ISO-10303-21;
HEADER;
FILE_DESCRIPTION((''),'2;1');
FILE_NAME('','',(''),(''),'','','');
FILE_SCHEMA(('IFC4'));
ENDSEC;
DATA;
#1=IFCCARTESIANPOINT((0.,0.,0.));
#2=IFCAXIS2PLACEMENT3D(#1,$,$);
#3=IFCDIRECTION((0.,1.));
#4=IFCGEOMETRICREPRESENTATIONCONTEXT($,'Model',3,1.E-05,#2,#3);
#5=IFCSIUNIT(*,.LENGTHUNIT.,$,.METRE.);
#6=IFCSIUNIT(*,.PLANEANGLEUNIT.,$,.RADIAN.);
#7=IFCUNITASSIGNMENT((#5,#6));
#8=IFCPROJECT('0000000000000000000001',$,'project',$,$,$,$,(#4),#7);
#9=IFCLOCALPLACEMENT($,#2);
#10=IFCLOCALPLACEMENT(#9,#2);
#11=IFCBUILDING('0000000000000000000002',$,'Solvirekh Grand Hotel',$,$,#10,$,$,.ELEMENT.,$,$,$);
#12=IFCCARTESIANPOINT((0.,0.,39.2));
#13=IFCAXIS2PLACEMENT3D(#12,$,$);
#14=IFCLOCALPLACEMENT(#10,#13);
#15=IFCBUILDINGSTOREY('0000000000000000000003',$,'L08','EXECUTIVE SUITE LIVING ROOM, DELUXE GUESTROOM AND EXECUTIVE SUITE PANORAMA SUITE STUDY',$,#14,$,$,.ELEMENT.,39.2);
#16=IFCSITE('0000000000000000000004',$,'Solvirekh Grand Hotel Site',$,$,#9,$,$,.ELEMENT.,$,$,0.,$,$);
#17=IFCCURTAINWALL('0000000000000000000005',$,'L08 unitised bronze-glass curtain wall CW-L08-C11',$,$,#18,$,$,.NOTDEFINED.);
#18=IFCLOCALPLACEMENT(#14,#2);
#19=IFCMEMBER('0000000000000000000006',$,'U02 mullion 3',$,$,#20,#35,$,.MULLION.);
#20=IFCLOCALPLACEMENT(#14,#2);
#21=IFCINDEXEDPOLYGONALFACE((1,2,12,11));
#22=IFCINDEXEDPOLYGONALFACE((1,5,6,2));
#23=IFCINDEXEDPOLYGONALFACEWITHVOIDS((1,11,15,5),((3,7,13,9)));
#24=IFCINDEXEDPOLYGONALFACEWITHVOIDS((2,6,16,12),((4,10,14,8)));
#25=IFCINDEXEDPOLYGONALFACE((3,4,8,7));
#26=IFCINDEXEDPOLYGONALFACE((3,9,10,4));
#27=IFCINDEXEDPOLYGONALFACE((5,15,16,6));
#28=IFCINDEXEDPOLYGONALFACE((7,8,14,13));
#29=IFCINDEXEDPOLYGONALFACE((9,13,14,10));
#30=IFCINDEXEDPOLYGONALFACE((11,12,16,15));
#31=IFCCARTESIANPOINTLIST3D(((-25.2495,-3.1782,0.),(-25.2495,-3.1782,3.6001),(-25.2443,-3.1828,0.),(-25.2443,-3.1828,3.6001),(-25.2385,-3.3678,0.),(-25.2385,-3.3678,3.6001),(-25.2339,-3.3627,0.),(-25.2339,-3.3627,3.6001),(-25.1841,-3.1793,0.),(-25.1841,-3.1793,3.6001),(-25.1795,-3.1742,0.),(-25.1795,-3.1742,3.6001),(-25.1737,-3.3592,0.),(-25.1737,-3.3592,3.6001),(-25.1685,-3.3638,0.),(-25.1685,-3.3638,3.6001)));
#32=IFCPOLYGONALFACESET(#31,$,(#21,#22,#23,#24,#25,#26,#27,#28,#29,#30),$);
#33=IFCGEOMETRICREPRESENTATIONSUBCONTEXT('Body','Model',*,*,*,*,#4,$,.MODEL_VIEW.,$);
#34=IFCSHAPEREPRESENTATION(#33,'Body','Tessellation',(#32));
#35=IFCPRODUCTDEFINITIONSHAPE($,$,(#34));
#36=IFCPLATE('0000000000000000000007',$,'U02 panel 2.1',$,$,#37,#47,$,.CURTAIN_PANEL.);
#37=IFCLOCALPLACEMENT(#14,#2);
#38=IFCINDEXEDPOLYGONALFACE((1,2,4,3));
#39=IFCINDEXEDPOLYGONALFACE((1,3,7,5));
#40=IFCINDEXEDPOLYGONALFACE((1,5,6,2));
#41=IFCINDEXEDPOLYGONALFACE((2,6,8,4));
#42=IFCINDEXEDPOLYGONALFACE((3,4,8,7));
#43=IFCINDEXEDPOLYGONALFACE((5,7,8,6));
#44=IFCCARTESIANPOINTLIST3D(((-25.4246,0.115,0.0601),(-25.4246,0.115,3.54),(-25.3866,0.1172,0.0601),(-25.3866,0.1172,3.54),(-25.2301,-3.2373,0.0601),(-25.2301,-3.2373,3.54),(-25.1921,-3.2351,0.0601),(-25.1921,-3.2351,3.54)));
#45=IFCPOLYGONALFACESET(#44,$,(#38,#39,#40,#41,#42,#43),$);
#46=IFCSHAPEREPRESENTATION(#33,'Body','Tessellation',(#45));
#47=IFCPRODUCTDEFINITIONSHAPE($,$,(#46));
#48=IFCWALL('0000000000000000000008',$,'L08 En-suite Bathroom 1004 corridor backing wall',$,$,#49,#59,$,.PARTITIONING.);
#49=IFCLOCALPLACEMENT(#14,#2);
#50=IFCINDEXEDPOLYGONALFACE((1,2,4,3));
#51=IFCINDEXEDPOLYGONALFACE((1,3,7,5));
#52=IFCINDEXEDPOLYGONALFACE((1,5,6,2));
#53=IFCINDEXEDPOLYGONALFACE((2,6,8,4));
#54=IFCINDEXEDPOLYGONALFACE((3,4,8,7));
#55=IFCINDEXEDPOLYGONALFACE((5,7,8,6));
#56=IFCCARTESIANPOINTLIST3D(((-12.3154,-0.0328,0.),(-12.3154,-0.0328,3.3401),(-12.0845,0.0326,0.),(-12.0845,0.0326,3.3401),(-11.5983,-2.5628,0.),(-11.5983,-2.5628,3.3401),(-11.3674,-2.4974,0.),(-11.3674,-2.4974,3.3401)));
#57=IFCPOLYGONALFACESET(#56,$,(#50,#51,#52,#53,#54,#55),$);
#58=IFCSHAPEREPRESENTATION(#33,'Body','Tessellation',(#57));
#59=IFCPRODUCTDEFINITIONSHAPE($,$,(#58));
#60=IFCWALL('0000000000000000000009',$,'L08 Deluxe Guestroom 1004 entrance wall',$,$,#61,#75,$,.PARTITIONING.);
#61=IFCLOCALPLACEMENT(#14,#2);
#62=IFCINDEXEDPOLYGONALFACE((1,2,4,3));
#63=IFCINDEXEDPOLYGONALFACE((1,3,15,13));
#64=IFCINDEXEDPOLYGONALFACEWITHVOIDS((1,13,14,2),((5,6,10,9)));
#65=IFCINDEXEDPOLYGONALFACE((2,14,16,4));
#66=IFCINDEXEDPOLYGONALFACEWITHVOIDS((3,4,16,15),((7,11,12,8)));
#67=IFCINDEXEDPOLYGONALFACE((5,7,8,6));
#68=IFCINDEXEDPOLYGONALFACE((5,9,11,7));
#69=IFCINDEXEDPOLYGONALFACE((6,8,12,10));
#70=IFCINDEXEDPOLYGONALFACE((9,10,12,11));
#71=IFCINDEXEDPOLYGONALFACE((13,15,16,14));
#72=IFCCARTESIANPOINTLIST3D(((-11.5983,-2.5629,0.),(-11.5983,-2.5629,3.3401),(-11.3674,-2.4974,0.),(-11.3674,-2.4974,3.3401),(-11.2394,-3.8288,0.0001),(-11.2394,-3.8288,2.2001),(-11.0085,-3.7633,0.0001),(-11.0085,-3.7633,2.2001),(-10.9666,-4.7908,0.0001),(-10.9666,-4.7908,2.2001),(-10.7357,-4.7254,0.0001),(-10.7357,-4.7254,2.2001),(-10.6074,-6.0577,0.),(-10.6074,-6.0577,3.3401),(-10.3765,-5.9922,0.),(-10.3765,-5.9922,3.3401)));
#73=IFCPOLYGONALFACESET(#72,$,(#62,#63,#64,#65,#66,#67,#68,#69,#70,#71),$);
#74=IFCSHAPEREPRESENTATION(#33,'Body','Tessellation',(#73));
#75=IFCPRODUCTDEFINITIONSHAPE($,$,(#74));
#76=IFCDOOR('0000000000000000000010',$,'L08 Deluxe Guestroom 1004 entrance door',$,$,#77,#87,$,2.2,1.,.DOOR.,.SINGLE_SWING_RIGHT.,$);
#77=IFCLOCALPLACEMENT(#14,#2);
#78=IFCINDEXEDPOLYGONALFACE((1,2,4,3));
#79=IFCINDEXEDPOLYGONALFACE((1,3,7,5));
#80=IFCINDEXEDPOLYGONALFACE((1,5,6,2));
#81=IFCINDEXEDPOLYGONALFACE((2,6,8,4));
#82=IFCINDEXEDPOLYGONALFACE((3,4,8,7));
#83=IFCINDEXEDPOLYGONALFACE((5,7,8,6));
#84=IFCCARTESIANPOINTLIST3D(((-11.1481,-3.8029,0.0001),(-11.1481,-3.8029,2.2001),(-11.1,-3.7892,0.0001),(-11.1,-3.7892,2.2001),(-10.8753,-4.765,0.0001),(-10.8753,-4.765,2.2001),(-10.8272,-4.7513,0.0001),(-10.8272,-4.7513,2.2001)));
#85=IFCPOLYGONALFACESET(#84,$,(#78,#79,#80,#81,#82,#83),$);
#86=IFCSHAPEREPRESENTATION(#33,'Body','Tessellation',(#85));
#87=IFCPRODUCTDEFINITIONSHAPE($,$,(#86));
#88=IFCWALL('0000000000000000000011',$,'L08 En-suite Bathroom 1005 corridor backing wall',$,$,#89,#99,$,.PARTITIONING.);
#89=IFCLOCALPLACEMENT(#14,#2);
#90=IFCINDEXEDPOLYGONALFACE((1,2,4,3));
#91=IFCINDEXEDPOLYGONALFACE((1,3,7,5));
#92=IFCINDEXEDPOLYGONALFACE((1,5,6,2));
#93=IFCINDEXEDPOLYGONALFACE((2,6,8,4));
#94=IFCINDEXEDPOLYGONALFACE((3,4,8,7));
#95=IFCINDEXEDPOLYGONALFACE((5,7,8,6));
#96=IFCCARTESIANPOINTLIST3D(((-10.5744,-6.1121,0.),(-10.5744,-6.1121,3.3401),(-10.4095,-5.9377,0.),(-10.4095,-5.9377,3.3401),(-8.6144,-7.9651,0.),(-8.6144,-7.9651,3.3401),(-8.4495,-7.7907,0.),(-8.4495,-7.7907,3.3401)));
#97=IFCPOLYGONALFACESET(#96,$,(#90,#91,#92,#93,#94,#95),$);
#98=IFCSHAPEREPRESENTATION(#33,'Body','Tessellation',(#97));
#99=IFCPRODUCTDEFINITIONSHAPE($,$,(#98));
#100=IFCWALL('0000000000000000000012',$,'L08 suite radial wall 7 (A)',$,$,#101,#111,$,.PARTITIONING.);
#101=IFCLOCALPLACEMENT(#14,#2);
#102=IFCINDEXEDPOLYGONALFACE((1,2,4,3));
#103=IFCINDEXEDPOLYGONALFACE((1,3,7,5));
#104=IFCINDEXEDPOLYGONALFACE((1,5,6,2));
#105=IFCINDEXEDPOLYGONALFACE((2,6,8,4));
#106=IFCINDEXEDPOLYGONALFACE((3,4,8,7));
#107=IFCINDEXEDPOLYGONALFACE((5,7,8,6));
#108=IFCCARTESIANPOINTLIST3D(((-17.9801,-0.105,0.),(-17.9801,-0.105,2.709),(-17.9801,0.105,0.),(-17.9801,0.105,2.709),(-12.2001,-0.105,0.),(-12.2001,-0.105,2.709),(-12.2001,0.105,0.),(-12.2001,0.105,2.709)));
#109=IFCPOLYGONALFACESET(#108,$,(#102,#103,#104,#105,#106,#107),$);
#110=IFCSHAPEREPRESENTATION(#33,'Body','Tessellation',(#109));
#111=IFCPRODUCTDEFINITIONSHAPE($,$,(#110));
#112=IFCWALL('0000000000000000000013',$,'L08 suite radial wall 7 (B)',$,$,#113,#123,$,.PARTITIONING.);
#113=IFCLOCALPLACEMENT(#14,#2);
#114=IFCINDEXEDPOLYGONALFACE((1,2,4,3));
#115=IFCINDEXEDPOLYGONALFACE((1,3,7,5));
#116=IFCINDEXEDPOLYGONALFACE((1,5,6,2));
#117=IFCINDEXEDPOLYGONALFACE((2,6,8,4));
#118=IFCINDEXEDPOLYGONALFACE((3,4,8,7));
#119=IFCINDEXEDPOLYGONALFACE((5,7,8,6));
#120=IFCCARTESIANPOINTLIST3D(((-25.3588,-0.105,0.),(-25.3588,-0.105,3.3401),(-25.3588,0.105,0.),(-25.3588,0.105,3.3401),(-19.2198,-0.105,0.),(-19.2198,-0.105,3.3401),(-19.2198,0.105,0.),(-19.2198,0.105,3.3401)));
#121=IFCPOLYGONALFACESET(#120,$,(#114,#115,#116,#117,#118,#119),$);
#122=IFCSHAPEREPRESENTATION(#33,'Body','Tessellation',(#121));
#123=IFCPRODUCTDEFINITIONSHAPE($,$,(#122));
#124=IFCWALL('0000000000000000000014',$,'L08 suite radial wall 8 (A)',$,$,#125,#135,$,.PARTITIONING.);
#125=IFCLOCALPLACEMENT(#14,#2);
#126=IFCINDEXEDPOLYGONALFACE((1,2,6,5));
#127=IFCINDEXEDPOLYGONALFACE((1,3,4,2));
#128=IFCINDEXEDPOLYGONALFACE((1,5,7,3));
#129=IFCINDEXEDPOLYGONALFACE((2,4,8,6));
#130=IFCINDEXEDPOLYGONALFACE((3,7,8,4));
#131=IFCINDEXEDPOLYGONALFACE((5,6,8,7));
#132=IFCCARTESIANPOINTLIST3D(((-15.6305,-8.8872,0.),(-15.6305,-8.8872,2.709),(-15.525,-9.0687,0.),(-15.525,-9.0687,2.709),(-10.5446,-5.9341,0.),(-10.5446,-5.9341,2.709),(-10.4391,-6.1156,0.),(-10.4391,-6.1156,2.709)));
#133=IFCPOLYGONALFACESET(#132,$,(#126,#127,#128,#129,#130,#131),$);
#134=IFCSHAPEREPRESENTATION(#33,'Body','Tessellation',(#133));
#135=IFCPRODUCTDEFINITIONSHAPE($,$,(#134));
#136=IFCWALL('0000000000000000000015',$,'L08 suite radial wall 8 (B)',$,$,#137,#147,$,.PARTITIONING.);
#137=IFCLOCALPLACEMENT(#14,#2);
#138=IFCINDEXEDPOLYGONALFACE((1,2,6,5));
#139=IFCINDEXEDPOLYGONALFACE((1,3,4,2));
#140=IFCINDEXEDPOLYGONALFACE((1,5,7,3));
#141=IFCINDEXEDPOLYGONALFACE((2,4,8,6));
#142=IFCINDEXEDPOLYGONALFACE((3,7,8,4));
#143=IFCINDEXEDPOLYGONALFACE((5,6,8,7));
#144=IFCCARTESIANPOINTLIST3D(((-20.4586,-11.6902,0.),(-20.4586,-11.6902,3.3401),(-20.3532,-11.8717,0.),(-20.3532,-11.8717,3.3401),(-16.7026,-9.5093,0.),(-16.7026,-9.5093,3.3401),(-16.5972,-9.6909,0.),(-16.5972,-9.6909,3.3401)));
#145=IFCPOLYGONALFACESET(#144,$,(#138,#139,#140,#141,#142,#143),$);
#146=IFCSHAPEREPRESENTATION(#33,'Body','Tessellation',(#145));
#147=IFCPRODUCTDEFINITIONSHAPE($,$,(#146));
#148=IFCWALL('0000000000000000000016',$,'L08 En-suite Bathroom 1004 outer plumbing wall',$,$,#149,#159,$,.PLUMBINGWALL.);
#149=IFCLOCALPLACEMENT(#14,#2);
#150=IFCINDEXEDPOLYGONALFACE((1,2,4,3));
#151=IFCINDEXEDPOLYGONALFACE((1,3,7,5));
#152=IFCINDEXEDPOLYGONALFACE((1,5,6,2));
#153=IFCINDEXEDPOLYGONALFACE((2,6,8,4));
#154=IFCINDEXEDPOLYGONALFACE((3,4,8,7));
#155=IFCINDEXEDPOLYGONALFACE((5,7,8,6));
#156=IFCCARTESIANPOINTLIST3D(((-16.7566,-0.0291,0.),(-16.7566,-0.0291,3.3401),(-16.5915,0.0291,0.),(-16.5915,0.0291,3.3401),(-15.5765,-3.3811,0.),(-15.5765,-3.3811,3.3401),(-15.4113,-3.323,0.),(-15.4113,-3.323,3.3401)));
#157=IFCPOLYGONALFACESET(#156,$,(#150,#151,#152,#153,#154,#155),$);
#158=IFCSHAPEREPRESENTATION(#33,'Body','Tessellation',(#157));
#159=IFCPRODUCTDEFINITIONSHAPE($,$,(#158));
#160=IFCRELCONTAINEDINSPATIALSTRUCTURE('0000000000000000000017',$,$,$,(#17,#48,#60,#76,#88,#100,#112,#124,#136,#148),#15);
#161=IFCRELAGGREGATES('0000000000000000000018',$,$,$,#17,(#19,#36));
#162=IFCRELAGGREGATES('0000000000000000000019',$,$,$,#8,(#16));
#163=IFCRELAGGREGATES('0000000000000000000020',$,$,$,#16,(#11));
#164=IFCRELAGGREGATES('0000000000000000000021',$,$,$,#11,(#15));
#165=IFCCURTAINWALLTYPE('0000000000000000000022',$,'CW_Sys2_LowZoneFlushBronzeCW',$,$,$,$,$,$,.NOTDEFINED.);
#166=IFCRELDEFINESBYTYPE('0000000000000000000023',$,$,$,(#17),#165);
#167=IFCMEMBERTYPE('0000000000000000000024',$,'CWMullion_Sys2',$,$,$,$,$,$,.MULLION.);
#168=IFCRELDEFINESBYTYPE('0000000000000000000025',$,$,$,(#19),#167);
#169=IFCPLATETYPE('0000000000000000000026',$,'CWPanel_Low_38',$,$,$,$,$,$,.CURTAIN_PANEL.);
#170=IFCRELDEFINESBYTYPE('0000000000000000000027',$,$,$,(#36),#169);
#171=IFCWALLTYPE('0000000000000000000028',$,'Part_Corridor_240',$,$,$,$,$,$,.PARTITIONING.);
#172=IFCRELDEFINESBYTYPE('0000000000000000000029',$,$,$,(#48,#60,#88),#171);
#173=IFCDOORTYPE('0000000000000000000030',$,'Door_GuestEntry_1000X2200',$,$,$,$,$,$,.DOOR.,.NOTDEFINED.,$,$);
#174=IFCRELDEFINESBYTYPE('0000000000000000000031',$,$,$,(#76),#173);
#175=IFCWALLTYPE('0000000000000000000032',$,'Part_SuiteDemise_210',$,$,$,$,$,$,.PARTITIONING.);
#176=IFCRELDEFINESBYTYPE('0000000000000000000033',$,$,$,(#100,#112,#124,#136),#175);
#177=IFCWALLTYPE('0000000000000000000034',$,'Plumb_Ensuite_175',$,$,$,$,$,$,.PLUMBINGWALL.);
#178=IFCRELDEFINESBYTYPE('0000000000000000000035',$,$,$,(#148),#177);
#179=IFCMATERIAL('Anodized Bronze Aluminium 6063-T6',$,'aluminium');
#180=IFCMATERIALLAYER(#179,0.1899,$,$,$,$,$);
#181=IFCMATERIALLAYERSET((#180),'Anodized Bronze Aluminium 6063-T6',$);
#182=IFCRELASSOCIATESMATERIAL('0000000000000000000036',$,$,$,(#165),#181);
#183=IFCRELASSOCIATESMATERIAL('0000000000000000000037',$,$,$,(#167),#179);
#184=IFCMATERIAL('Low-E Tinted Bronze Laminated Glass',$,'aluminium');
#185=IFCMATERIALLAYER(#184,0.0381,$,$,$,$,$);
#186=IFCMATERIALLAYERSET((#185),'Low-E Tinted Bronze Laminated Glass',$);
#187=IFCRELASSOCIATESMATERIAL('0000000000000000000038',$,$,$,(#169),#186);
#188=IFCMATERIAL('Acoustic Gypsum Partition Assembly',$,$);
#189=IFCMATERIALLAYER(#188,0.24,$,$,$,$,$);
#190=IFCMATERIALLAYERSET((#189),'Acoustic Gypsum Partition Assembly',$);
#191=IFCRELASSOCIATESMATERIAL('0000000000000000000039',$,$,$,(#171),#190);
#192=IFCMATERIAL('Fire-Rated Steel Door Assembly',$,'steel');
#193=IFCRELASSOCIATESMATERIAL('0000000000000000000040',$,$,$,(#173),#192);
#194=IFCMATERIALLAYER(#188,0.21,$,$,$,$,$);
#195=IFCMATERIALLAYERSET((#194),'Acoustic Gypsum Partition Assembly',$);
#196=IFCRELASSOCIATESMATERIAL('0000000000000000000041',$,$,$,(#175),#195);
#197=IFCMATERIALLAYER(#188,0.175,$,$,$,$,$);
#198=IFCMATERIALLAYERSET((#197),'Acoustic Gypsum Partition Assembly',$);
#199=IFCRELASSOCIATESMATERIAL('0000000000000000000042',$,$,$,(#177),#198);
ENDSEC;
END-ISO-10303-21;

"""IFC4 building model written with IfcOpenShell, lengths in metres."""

from ifc_helpers import new_model, si_unit, direction, frame, frame_2d, origin, origin_2d, place, context, subcontext, project, spatial, rectangle, hollow_rectangle, extrude, source, transform, mapped, material, layer, layer_set, material_profile, profile_set, type_object, element, fill, aggregate, save


model = new_model("IFC4")

# Units and contexts
model_context = context("Model", 3, precision=1e-05, world=origin(), true_north=direction((0.0, 1.0)))
body_context = subcontext(model_context, "Body", "Model", "MODEL_VIEW")
ifc_project = project(units=[si_unit("LENGTHUNIT", "METRE"), si_unit("PLANEANGLEUNIT", "RADIAN")], contexts=[model_context])

# Site, building, storey
site_placement = place(None, origin())
site = spatial("IfcSite", under=ifc_project, at=site_placement, Name="Solvirekh Grand Hotel Site", CompositionType="ELEMENT", RefElevation=0.0)
building_placement = place(site_placement, origin())
building = spatial("IfcBuilding", under=site, at=building_placement, Name="Solvirekh Grand Hotel", CompositionType="ELEMENT")
storey_placement = place(building_placement, frame((0.0, 0.0, 39.2)))
storey = spatial("IfcBuildingStorey", under=building, at=storey_placement, Name="L08", Description="EXECUTIVE SUITE LIVING ROOM, DELUXE GUESTROOM AND EXECUTIVE SUITE PANORAMA SUITE STUDY", CompositionType="ELEMENT", Elevation=39.2)

# Curtain wall, member, plate
ifc_material_1 = material(Name="Anodized Bronze Aluminium 6063-T6", Category="aluminium")
ifc_layer_1 = layer(ifc_material_1, 0.1899)
ifc_layer_set_1 = layer_set([ifc_layer_1], Name="Anodized Bronze Aluminium 6063-T6")
curtain_wall_type = type_object("IfcCurtainWallType", Name="CW_Sys2_LowZoneFlushBronzeCW", PredefinedType="NOTDEFINED", material=ifc_layer_set_1)
curtain_wall_placement = place(storey_placement, origin())
curtain_wall = element("IfcCurtainWall", 1, at=curtain_wall_placement, inside=storey, type_object=curtain_wall_type, Name="L08 unitised bronze-glass curtain wall CW-L08-C11", PredefinedType="NOTDEFINED")
ifc_material_profile_1 = material_profile(ifc_material_1, hollow_rectangle(XDim=0.0701, YDim=0.1899, WallThickness=0.0049, at=origin_2d()), Name="ALU RHS 190X70X5")
ifc_profile_set_1 = profile_set([ifc_material_profile_1], Name="Anodized Bronze Aluminium 6063-T6")
member_type = type_object("IfcMemberType", Name="CWMullion_Sys2", PredefinedType="MULLION", material=ifc_profile_set_1)
shared_shape_1 = source(origin(), body_context, "Body", "SweptSolid", [
    extrude(hollow_rectangle(XDim=0.0701, YDim=0.1899, WallThickness=0.0049, at=origin_2d()), origin(), (0.0, 0.0, 1.0), 3.6001),
])
member_placement = place(storey_placement, frame((-25.209, -3.271, 0.0), z_axis=(0.0, 0.0, 1.0), x_axis=(0.998322, 0.057901, 0.0)))
member = element("IfcMember", 2, at=member_placement, type_object=member_type, Name="U02 mullion 3", PredefinedType="MULLION", context=body_context, shape_type="MappedRepresentation", body=[
    mapped(shared_shape_1, transform((0.0, 0.0, 0.0), x_axis=(1.0, 0.0, 0.0), y_axis=(0.0, 1.0, 0.0), z_axis=(0.0, 0.0, 1.0), scale=1.0)),
])
ifc_material_2 = material(Name="Low-E Tinted Bronze Laminated Glass", Category="aluminium")
ifc_layer_2 = layer(ifc_material_2, 0.0381)
ifc_layer_set_2 = layer_set([ifc_layer_2], Name="Low-E Tinted Bronze Laminated Glass")
plate_type = type_object("IfcPlateType", Name="CWPanel_Low_38", PredefinedType="CURTAIN_PANEL", material=ifc_layer_set_2)
shared_shape_2 = source(origin(), body_context, "Body", "SweptSolid", [
    extrude(rectangle(XDim=3.3579, YDim=0.0381, at=origin_2d()), origin(), (0.0, 0.0, 1.0), 3.48),
])
plate_placement = place(storey_placement, frame((-25.3083, -1.5601, 0.0601), z_axis=(0.0, 0.0, 1.0), x_axis=(0.057901, -0.998322, 0.0)))
plate = element("IfcPlate", 3, at=plate_placement, type_object=plate_type, Name="U02 panel 2.1", PredefinedType="CURTAIN_PANEL", context=body_context, shape_type="MappedRepresentation", body=[
    mapped(shared_shape_2, transform((0.0, 0.0, 0.0), x_axis=(1.0, 0.0, 0.0), y_axis=(0.0, 1.0, 0.0), z_axis=(0.0, 0.0, 1.0), scale=1.0)),
])
aggregate(curtain_wall, [member, plate])

# Wall
ifc_material_3 = material(Name="Acoustic Gypsum Partition Assembly")
ifc_layer_3 = layer(ifc_material_3, 0.24)
ifc_layer_set_3 = layer_set([ifc_layer_3], Name="Acoustic Gypsum Partition Assembly")
wall_type_1 = type_object("IfcWallType", Name="Part_Corridor_240", PredefinedType="PARTITIONING", material=ifc_layer_set_3)
wall_1_placement = place(storey_placement, frame((-12.2, 0.0, 0.0), z_axis=(0.0, 0.0, 1.0), x_axis=(0.272673, -0.962107, 0.0)))
element("IfcWall", 4, at=wall_1_placement, inside=storey, type_object=wall_type_1, Name="L08 En-suite Bathroom 1004 corridor backing wall", PredefinedType="PARTITIONING", context=body_context, shape_type="SweptSolid", body=[
    extrude(rectangle(XDim=2.6296, YDim=0.24, at=frame_2d((1.3149, 0.0))), origin(), (0.0, 0.0, 1.0), 3.3401),
])

# Wall, opening, door
wall_2_placement = place(storey_placement, frame((-11.4829, -2.53, 0.0), z_axis=(0.0, 0.0, 1.0), x_axis=(0.272794, -0.962072, 0.0)))
wall_2 = element("IfcWall", 5, at=wall_2_placement, inside=storey, type_object=wall_type_1, Name="L08 Deluxe Guestroom 1004 entrance wall", PredefinedType="PARTITIONING", context=body_context, shape_type="SweptSolid", body=[
    extrude(rectangle(XDim=3.6326, YDim=0.24, at=frame_2d((1.8164, 0.0))), origin(), (0.0, 0.0, 1.0), 3.3401),
])
opening_1_placement = place(wall_2_placement, frame((1.3159, 0.0, 0.0)))
opening_1 = element("IfcOpeningElement", 6, at=opening_1_placement, cuts=wall_2, PredefinedType="OPENING", context=body_context, shape_type="SweptSolid", body=[
    extrude(rectangle(XDim=1.0, YDim=2.2, at=frame_2d((0.5, 1.1001))), frame((0.0, 0.1299, 0.0), z_axis=(0.0, -1.0, 0.0), x_axis=(1.0, 0.0, 0.0)), (0.0, 0.0, 1.0), 0.26),
])
ifc_material_4 = material(Name="Fire-Rated Steel Door Assembly", Category="steel")
door_type_1 = type_object("IfcDoorType", Name="Door_GuestEntry_1000X2200", OperationType="NOTDEFINED", PredefinedType="DOOR", material=ifc_material_4)
door_1_placement = place(opening_1_placement, origin())
door_1 = element("IfcDoor", 7, at=door_1_placement, inside=storey, type_object=door_type_1, Name="L08 Deluxe Guestroom 1004 entrance door", OperationType="SINGLE_SWING_RIGHT", OverallHeight=2.2, OverallWidth=1.0, PredefinedType="DOOR", context=body_context, shape_type="SweptSolid", body=[
    extrude(rectangle(XDim=1.0, YDim=2.2, at=frame_2d((0.5, 1.1001))), frame((0.0, 0.0249, 0.0), z_axis=(0.0, -1.0, 0.0), x_axis=(1.0, 0.0, 0.0)), (0.0, 0.0, 1.0), 0.05),
])
fill(opening_1, door_1)

# Walls
wall_3_placement = place(storey_placement, frame((-10.4919, -6.0249, 0.0), z_axis=(0.0, 0.0, 1.0), x_axis=(0.726652, -0.687006, 0.0)))
element("IfcWall", 8, at=wall_3_placement, inside=storey, type_object=wall_type_1, Name="L08 En-suite Bathroom 1005 corridor backing wall", PredefinedType="PARTITIONING", context=body_context, shape_type="SweptSolid", body=[
    extrude(rectangle(XDim=2.6973, YDim=0.24, at=frame_2d((1.3486, 0.0))), origin(), (0.0, 0.0, 1.0), 3.3401),
])
ifc_layer_4 = layer(ifc_material_3, 0.21)
ifc_layer_set_4 = layer_set([ifc_layer_4], Name="Acoustic Gypsum Partition Assembly")
wall_type_2 = type_object("IfcWallType", Name="Part_SuiteDemise_210", PredefinedType="PARTITIONING", material=ifc_layer_set_4)
wall_4_placement = place(storey_placement, frame((-12.2, 0.0, 0.0), z_axis=(0.0, 0.0, 1.0), x_axis=(-1.0, 0.0, 0.0)))
element("IfcWall", 9, at=wall_4_placement, inside=storey, type_object=wall_type_2, Name="L08 suite radial wall 7 (A)", PredefinedType="PARTITIONING", context=body_context, shape_type="SweptSolid", body=[
    extrude(rectangle(XDim=5.78, YDim=0.21, at=frame_2d((2.8901, 0.0))), origin(), (0.0, 0.0, 1.0), 2.709),
])
wall_5_placement = place(storey_placement, frame((-19.22, 0.0, 0.0), z_axis=(0.0, 0.0, 1.0), x_axis=(-1.0, 0.0, 0.0)))
element("IfcWall", 10, at=wall_5_placement, inside=storey, type_object=wall_type_2, Name="L08 suite radial wall 7 (B)", PredefinedType="PARTITIONING", context=body_context, shape_type="SweptSolid", body=[
    extrude(rectangle(XDim=6.1389, YDim=0.21, at=frame_2d((3.0693, 0.0))), origin(), (0.0, 0.0, 1.0), 3.3401),
])
wall_6_placement = place(storey_placement, frame((-10.4919, -6.0249, 0.0), z_axis=(0.0, 0.0, 1.0), x_axis=(-0.864789, -0.502136, 0.0)))
element("IfcWall", 11, at=wall_6_placement, inside=storey, type_object=wall_type_2, Name="L08 suite radial wall 8 (A)", PredefinedType="PARTITIONING", context=body_context, shape_type="SweptSolid", body=[
    extrude(rectangle(XDim=5.8811, YDim=0.21, at=frame_2d((2.9404, 0.0))), origin(), (0.0, 0.0, 1.0), 2.709),
])
wall_7_placement = place(storey_placement, frame((-16.6499, -9.6001, 0.0), z_axis=(0.0, 0.0, 1.0), x_axis=(-0.864794, -0.502126, 0.0)))
element("IfcWall", 12, at=wall_7_placement, inside=storey, type_object=wall_type_2, Name="L08 suite radial wall 8 (B)", PredefinedType="PARTITIONING", context=body_context, shape_type="SweptSolid", body=[
    extrude(rectangle(XDim=4.3433, YDim=0.21, at=frame_2d((2.1716, 0.0))), origin(), (0.0, 0.0, 1.0), 3.3401),
])
ifc_layer_5 = layer(ifc_material_3, 0.175)
ifc_layer_set_5 = layer_set([ifc_layer_5], Name="Acoustic Gypsum Partition Assembly")
wall_type_3 = type_object("IfcWallType", Name="Plumb_Ensuite_175", PredefinedType="PLUMBINGWALL", material=ifc_layer_set_5)
wall_8_placement = place(storey_placement, frame((-16.6741, 0.0, 0.0), z_axis=(0.0, 0.0, 1.0), x_axis=(0.332094, -0.943246, 0.0)))
element("IfcWall", 13, at=wall_8_placement, inside=storey, type_object=wall_type_3, Name="L08 En-suite Bathroom 1004 outer plumbing wall", PredefinedType="PLUMBINGWALL", context=body_context, shape_type="SweptSolid", body=[
    extrude(rectangle(XDim=3.5537, YDim=0.175, at=frame_2d((1.7769, 0.0))), origin(), (0.0, 0.0, 1.0), 3.3401),
])

save(model, "model.ifc")
